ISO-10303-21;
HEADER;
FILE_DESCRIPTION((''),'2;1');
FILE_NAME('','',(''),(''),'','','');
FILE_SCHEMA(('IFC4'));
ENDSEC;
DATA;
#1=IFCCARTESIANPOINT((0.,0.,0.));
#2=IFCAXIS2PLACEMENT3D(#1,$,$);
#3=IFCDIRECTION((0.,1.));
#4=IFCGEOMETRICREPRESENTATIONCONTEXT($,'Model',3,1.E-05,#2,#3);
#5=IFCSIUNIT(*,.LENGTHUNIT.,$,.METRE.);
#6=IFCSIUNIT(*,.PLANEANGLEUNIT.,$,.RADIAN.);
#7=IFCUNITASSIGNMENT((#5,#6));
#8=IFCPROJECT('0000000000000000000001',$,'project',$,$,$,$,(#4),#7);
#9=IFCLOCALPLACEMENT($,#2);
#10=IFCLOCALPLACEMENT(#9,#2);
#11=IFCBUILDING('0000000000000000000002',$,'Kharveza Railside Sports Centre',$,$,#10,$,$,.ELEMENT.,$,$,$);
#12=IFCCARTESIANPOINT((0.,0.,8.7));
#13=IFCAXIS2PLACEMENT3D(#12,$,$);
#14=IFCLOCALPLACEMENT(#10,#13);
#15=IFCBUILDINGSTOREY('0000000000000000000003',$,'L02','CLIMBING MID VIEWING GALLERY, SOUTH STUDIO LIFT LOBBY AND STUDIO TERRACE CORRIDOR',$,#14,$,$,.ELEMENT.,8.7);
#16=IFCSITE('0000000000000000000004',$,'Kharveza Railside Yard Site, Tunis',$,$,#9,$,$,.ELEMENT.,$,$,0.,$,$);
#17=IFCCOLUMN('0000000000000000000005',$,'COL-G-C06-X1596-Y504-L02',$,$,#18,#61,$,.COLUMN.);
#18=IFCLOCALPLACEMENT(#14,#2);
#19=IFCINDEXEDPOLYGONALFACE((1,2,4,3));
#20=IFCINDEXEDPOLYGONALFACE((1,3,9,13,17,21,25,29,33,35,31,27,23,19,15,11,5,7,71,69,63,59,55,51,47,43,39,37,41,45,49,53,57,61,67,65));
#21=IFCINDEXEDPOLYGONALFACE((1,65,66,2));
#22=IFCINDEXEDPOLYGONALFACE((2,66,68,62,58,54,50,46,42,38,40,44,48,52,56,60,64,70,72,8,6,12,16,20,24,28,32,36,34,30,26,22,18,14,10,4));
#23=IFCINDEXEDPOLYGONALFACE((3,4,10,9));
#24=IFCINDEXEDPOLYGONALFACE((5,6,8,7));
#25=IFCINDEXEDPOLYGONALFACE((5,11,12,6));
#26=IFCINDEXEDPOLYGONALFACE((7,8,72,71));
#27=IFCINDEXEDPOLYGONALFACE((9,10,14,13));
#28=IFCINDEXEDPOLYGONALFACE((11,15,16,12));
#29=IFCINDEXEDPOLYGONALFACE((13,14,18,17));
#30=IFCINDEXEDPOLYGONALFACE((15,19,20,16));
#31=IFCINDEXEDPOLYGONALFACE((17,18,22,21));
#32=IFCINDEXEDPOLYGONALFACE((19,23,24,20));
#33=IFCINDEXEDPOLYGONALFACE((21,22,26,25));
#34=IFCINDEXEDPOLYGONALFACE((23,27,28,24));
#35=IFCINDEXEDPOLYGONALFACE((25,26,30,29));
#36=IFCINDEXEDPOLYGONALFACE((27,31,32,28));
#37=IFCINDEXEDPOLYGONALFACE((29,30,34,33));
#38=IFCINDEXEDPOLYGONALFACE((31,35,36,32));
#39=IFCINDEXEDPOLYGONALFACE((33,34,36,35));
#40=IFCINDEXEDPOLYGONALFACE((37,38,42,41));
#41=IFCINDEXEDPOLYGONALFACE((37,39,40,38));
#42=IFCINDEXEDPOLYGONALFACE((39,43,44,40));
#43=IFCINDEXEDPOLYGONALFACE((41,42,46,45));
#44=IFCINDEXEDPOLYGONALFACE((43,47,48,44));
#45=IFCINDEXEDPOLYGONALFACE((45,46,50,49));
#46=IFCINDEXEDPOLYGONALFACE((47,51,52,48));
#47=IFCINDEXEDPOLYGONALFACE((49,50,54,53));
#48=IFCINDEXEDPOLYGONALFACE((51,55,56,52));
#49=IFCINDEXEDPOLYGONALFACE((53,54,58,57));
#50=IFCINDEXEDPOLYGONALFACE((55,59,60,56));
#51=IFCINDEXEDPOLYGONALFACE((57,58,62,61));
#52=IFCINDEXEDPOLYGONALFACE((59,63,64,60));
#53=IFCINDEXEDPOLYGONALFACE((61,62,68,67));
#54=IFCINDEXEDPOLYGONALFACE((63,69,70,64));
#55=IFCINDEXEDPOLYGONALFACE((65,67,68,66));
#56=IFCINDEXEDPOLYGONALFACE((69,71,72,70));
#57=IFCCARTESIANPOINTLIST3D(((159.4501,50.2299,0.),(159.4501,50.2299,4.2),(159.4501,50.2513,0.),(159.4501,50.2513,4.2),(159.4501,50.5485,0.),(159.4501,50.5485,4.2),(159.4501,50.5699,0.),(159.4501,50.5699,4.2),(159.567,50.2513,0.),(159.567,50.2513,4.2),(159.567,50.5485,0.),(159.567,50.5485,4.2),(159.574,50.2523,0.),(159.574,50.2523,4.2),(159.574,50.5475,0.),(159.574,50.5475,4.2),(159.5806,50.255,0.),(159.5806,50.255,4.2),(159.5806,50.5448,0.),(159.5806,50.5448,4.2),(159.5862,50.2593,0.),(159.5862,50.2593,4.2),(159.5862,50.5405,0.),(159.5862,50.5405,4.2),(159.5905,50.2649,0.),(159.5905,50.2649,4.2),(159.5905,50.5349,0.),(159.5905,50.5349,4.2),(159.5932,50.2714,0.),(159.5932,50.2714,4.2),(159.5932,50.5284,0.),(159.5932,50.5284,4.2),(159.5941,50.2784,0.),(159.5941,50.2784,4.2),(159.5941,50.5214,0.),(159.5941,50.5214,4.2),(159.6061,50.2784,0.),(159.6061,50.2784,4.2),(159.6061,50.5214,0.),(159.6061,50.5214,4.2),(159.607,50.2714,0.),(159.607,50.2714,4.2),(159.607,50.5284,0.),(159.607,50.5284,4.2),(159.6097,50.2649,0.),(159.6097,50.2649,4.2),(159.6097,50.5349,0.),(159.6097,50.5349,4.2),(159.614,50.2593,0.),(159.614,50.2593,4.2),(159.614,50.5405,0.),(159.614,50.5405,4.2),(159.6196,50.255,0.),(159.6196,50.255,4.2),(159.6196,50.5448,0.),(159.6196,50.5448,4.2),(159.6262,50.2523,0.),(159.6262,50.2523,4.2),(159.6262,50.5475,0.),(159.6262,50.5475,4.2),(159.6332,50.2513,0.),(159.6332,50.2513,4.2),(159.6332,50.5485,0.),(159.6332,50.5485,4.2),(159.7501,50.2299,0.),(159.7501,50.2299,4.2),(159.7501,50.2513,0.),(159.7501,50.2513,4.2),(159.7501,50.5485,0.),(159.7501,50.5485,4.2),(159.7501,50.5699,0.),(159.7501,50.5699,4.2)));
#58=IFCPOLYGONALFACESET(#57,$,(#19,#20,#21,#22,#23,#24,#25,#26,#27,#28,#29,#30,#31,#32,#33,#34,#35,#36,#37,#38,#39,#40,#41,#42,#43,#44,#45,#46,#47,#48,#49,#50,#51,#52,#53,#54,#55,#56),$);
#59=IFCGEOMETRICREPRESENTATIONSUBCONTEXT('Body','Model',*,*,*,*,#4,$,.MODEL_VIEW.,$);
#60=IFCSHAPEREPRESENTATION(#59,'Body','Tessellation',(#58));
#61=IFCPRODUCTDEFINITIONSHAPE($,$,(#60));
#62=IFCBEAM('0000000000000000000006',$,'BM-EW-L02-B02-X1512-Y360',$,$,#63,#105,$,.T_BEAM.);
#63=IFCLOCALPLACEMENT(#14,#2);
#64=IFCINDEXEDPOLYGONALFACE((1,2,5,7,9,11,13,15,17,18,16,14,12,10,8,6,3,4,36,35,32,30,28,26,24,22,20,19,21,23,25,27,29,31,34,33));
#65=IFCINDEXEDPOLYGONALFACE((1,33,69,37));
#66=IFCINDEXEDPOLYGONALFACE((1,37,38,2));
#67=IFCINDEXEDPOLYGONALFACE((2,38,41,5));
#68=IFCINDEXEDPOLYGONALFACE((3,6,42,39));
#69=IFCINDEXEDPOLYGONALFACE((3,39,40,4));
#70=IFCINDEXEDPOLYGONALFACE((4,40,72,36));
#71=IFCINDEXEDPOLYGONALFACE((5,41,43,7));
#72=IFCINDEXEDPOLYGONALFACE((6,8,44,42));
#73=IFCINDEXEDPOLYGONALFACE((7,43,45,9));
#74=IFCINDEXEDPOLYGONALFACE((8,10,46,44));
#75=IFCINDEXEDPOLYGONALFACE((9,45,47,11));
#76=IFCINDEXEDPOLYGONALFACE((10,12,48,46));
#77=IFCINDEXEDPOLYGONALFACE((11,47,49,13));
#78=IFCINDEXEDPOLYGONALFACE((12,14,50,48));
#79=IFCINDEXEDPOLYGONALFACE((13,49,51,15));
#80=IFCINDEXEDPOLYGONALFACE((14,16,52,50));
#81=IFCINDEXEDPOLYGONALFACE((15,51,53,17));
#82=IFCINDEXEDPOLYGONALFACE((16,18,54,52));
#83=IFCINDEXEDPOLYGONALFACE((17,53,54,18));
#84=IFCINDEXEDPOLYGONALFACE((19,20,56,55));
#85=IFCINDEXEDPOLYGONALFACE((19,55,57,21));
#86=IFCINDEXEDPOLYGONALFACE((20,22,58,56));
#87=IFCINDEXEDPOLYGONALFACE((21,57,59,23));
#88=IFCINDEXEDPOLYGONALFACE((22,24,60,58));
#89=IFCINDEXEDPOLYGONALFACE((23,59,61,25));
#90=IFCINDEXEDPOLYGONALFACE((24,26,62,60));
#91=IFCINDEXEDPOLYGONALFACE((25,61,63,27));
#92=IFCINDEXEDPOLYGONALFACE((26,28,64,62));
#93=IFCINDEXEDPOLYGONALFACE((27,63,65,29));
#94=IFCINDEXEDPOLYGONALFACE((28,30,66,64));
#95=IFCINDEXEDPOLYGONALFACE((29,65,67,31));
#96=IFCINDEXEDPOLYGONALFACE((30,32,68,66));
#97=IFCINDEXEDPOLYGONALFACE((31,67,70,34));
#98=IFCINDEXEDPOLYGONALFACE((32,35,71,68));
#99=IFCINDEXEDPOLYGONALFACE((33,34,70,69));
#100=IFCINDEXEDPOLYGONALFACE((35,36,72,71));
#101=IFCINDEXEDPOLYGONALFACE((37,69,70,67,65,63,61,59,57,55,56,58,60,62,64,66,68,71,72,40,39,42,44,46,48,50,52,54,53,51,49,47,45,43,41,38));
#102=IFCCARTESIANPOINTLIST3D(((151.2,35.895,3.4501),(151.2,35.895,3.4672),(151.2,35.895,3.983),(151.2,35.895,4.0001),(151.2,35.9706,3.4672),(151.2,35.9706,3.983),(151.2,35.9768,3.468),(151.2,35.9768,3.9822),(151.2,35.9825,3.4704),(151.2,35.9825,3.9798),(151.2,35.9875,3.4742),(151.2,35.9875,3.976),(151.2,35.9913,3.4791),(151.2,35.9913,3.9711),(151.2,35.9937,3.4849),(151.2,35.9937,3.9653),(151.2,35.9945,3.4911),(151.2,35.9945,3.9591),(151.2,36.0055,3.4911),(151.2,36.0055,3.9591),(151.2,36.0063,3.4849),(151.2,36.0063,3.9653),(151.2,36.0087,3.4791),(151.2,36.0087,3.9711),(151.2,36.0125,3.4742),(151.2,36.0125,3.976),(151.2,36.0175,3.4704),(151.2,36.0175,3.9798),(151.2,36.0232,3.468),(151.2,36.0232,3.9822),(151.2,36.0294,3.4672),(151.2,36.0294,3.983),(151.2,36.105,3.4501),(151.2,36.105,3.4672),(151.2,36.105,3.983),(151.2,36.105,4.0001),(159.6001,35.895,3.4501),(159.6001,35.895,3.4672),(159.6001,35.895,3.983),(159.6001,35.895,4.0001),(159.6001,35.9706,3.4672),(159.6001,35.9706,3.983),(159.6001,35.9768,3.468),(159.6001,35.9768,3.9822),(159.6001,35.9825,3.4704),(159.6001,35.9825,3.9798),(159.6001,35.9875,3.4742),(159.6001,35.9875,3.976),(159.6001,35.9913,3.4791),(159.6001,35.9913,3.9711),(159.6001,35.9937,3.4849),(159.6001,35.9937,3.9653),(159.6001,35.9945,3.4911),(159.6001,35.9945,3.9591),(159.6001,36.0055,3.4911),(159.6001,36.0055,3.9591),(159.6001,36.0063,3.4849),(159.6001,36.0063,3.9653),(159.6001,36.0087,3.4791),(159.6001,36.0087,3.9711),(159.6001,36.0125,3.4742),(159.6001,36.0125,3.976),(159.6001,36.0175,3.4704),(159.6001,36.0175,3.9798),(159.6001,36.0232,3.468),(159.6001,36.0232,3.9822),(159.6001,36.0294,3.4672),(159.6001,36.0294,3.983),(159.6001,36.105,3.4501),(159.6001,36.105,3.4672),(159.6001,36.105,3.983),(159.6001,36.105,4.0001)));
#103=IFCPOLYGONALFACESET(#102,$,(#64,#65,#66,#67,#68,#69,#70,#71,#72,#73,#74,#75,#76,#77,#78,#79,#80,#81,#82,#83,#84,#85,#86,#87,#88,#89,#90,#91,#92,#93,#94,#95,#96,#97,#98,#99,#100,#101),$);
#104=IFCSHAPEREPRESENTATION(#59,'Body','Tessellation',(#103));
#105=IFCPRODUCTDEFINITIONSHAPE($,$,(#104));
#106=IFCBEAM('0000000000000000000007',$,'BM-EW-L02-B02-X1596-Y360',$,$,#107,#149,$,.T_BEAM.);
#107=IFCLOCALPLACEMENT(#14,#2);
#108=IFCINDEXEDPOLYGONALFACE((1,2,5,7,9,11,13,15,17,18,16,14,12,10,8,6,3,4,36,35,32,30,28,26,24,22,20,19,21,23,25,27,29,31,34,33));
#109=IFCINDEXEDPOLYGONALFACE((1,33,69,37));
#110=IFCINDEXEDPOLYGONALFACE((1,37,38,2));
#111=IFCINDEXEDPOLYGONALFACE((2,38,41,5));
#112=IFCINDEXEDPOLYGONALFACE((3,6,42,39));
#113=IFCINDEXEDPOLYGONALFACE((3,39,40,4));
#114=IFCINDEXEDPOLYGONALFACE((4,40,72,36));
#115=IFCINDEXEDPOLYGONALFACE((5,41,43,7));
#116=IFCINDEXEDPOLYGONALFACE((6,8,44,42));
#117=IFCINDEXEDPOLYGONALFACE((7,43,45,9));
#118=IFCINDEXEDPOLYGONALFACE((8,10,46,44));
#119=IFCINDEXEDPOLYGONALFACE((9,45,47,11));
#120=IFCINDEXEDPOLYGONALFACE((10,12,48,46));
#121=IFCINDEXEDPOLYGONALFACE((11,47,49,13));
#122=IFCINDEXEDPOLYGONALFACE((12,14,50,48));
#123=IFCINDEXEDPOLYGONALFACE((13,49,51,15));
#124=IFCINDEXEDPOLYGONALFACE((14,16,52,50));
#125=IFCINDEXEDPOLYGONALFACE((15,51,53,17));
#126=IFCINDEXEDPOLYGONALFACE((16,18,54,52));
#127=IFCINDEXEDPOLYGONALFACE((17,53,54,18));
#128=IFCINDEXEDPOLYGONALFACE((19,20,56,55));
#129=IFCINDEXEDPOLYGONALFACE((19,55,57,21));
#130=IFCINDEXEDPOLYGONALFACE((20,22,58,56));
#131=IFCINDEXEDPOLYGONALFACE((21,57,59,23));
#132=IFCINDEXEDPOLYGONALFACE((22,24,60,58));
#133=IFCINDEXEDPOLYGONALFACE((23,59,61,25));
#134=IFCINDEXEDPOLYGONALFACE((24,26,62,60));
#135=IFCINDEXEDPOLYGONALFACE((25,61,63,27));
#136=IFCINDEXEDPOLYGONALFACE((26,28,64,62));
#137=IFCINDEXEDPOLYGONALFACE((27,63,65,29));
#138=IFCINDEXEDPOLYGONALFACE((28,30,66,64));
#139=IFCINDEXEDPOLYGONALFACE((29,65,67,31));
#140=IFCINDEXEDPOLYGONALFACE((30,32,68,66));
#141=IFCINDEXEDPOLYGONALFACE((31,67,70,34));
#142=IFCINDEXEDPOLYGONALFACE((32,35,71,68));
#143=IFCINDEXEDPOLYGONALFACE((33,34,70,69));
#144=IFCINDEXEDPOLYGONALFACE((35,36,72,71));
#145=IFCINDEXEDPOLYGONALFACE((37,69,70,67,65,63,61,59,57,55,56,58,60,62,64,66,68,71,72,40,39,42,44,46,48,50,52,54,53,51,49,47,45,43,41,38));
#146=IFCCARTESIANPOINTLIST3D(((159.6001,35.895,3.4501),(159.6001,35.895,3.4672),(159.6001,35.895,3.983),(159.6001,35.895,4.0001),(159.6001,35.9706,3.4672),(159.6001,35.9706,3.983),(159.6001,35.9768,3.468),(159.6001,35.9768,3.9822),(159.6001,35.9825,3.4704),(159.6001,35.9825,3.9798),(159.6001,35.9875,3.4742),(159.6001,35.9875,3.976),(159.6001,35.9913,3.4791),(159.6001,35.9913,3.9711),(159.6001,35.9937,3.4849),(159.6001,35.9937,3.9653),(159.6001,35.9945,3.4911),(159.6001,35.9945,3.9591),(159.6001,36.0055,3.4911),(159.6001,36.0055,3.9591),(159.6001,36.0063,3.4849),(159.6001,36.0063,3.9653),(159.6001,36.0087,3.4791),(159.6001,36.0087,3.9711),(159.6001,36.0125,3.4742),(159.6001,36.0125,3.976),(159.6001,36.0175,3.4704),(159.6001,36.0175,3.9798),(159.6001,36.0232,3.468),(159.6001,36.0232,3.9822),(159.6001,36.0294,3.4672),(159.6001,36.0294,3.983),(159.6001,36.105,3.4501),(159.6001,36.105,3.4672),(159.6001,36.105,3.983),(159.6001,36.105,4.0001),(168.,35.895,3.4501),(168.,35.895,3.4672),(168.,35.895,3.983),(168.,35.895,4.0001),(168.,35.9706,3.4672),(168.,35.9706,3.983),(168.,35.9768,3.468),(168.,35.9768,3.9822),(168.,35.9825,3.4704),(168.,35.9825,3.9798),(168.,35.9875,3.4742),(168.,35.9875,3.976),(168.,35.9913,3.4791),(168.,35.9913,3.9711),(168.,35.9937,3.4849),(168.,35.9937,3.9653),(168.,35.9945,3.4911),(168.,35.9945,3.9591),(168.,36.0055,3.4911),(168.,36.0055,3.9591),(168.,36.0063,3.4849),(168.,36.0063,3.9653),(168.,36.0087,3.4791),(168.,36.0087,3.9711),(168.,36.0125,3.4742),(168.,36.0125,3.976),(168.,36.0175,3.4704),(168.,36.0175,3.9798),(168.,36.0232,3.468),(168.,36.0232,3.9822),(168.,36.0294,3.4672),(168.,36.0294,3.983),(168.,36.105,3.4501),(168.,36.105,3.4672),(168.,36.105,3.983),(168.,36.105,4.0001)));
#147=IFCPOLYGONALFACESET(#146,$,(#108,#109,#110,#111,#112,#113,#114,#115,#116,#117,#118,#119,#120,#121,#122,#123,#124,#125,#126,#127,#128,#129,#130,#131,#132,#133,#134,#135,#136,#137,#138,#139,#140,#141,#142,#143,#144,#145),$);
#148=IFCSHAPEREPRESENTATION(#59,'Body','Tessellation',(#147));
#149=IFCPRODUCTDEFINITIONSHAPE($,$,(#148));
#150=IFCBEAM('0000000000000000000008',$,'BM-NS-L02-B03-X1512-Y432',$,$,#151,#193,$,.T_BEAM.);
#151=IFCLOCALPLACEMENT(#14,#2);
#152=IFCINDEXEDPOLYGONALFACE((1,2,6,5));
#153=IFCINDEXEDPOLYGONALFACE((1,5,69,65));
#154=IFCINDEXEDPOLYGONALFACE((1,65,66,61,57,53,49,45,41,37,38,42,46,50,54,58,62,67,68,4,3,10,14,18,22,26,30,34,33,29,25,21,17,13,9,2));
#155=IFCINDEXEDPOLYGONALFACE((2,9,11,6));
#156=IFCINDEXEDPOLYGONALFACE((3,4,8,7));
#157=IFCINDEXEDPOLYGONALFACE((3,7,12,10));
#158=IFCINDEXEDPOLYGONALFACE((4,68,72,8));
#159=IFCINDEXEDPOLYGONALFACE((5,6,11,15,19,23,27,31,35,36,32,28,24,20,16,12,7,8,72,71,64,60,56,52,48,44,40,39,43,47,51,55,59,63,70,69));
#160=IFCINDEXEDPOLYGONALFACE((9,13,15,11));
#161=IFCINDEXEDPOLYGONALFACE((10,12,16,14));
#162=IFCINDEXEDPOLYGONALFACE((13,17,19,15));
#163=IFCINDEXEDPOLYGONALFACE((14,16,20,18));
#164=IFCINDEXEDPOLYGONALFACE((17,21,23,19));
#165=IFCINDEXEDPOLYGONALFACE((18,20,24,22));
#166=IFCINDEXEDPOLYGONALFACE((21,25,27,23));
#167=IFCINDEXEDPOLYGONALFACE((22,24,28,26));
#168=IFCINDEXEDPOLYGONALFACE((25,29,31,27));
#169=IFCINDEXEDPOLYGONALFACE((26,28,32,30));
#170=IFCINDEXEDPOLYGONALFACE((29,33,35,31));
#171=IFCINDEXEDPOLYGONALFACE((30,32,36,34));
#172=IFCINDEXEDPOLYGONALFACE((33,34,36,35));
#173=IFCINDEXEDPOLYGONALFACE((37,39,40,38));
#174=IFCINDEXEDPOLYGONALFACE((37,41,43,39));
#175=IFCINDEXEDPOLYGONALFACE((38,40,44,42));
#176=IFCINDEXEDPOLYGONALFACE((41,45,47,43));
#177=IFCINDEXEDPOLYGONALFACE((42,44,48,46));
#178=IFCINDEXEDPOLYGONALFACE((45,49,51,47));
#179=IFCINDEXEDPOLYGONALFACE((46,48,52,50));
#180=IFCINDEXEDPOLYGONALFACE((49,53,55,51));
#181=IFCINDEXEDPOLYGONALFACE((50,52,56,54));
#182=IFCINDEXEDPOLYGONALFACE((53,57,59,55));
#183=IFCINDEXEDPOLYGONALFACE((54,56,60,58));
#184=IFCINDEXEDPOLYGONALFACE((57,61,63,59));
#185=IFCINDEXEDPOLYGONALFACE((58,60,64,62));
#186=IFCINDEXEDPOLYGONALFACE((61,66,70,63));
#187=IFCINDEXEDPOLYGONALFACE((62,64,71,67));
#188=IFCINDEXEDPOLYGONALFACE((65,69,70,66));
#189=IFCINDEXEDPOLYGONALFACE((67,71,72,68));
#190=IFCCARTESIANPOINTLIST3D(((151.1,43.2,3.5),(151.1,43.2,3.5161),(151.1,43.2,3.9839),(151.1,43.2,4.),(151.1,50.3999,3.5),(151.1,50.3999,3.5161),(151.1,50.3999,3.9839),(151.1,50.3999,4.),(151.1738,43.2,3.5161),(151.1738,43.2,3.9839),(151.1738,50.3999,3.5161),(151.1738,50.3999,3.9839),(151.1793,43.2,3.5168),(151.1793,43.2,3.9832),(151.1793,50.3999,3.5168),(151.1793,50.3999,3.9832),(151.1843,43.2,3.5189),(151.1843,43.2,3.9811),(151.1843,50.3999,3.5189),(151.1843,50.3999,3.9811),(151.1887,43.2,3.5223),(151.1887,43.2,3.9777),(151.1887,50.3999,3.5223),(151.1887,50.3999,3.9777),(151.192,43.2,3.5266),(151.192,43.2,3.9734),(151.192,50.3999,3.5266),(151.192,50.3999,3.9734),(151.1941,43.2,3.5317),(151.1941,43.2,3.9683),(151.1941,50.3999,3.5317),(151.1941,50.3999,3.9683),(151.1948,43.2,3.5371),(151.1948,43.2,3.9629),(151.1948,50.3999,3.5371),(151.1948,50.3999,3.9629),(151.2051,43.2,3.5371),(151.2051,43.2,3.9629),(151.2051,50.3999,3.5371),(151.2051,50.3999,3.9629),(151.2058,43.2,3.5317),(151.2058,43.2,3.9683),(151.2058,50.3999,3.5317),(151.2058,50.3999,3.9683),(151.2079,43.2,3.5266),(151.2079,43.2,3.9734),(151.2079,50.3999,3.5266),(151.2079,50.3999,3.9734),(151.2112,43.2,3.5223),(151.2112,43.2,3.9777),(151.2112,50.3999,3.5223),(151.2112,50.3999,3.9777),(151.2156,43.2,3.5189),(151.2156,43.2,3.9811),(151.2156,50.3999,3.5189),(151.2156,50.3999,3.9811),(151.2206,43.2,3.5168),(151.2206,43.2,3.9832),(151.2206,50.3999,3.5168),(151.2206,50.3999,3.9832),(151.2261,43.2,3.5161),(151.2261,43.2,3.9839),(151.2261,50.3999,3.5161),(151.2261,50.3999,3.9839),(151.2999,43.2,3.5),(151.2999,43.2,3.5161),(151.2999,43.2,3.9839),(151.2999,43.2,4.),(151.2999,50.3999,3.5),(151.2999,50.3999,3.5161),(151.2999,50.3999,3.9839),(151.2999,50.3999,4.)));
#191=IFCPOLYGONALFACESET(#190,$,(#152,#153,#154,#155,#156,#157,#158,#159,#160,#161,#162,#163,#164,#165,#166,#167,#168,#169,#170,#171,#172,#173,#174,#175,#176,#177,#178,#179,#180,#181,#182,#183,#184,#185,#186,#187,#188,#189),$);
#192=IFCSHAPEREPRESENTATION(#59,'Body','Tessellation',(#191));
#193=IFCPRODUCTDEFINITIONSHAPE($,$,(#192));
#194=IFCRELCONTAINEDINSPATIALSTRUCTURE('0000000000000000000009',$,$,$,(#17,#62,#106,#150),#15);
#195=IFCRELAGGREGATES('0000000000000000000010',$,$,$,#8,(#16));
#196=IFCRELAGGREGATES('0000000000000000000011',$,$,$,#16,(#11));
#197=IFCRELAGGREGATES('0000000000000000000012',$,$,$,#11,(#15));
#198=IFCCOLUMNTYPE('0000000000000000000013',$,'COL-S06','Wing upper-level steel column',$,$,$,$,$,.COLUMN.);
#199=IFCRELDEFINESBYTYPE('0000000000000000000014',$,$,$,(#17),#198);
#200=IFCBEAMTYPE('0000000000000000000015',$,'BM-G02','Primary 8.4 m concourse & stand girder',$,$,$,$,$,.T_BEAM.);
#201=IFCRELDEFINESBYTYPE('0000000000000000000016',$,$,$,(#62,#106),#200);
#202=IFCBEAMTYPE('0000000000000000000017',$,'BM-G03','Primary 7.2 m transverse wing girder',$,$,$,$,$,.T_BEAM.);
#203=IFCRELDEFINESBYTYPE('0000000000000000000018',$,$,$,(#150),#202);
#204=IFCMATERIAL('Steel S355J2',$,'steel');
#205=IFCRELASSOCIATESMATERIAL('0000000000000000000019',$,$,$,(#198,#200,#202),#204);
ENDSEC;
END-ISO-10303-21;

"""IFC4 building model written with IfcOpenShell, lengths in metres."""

from ifc_helpers import new_model, si_unit, direction, frame, origin, origin_2d, place, context, subcontext, project, spatial, i_section, extrude, material, material_profile, profile_set, type_object, element, save


model = new_model("IFC4")

# Units and contexts
model_context = context("Model", 3, precision=1e-05, world=origin(), true_north=direction((0.0, 1.0)))
body_context = subcontext(model_context, "Body", "Model", "MODEL_VIEW")
ifc_project = project(units=[si_unit("LENGTHUNIT", "METRE"), si_unit("PLANEANGLEUNIT", "RADIAN")], contexts=[model_context])

# Site, building, storey
site_placement = place(None, origin())
site = spatial("IfcSite", under=ifc_project, at=site_placement, Name="Kharveza Railside Yard Site, Tunis", CompositionType="ELEMENT", RefElevation=0.0)
building_placement = place(site_placement, origin())
building = spatial("IfcBuilding", under=site, at=building_placement, Name="Kharveza Railside Sports Centre", CompositionType="ELEMENT")
storey_placement = place(building_placement, frame((0.0, 0.0, 8.7)))
storey = spatial("IfcBuildingStorey", under=building, at=storey_placement, Name="L02", Description="CLIMBING MID VIEWING GALLERY, SOUTH STUDIO LIFT LOBBY AND STUDIO TERRACE CORRIDOR", CompositionType="ELEMENT", Elevation=8.7)

# Column
ifc_material_1 = material(Name="Steel S355J2", Category="steel")
ifc_material_profile_1 = material_profile(ifc_material_1, i_section(OverallWidth=0.3, OverallDepth=0.3401, WebThickness=0.012, FlangeThickness=0.0215, FilletRadius=0.0271, at=origin_2d()), Name="HEB 340")
ifc_profile_set_1 = profile_set([ifc_material_profile_1], Name="Steel S355J2")
column_type = type_object("IfcColumnType", Name="COL-S06", Description="Wing upper-level steel column", PredefinedType="COLUMN", material=ifc_profile_set_1)
for number, where, z_axis, x_axis, name in (
    (1, (159.6001, 50.3999, 0.0), (0.0, 0.0, 1.0), (1.0, 0.0, 0.0), "COL-G-C06-X1596-Y504-L02"),
):
    element("IfcColumn", number, at=place(storey_placement, frame(where, z_axis=z_axis, x_axis=x_axis)), inside=storey, type_object=column_type, Name=name, PredefinedType="COLUMN", context=body_context, shape_type="SweptSolid", body=[
        extrude(i_section(OverallWidth=0.3, OverallDepth=0.3401, WebThickness=0.012, FlangeThickness=0.0215, FilletRadius=0.0271, at=origin_2d()), origin(), (0.0, 0.0, 1.0), 4.2),
    ])

# Beams
ifc_material_profile_2 = material_profile(ifc_material_1, i_section(OverallWidth=0.21, OverallDepth=0.55, WebThickness=0.011, FlangeThickness=0.0171, FilletRadius=0.0239, at=origin_2d()), Name="IPE 550")
ifc_profile_set_2 = profile_set([ifc_material_profile_2], Name="Steel S355J2")
beam_type_1 = type_object("IfcBeamType", Name="BM-G02", Description="Primary 8.4 m concourse & stand girder", PredefinedType="T_BEAM", material=ifc_profile_set_2)
beam_1_placement = place(storey_placement, frame((151.2, 36.0, 3.7251), z_axis=(1.0, 0.0, 0.0), x_axis=(0.0, 1.0, 0.0)))
element("IfcBeam", 2, at=beam_1_placement, inside=storey, type_object=beam_type_1, Name="BM-EW-L02-B02-X1512-Y360", PredefinedType="T_BEAM", context=body_context, shape_type="SweptSolid", body=[
    extrude(i_section(OverallWidth=0.21, OverallDepth=0.55, WebThickness=0.011, FlangeThickness=0.0171, FilletRadius=0.0239, at=origin_2d()), origin(), (0.0, 0.0, 1.0), 8.4001),
])
beam_2_placement = place(storey_placement, frame((159.6001, 36.0, 3.7251), z_axis=(1.0, 0.0, 0.0), x_axis=(0.0, 1.0, 0.0)))
element("IfcBeam", 3, at=beam_2_placement, inside=storey, type_object=beam_type_1, Name="BM-EW-L02-B02-X1596-Y360", PredefinedType="T_BEAM", context=body_context, shape_type="SweptSolid", body=[
    extrude(i_section(OverallWidth=0.21, OverallDepth=0.55, WebThickness=0.011, FlangeThickness=0.0171, FilletRadius=0.0239, at=origin_2d()), origin(), (0.0, 0.0, 1.0), 8.3999),
])
ifc_material_profile_3 = material_profile(ifc_material_1, i_section(OverallWidth=0.2, OverallDepth=0.5, WebThickness=0.0103, FlangeThickness=0.0161, FilletRadius=0.021, at=origin_2d()), Name="IPE 500")
ifc_profile_set_3 = profile_set([ifc_material_profile_3], Name="Steel S355J2")
beam_type_2 = type_object("IfcBeamType", Name="BM-G03", Description="Primary 7.2 m transverse wing girder", PredefinedType="T_BEAM", material=ifc_profile_set_3)
beam_3_placement = place(storey_placement, frame((151.2, 43.2, 3.75), z_axis=(0.0, 1.0, 0.0), x_axis=(-1.0, 0.0, 0.0)))
element("IfcBeam", 4, at=beam_3_placement, inside=storey, type_object=beam_type_2, Name="BM-NS-L02-B03-X1512-Y432", PredefinedType="T_BEAM", context=body_context, shape_type="SweptSolid", body=[
    extrude(i_section(OverallWidth=0.2, OverallDepth=0.5, WebThickness=0.0103, FlangeThickness=0.0161, FilletRadius=0.021, at=origin_2d()), origin(), (0.0, 0.0, 1.0), 7.2),
])

save(model, "model.ifc")
